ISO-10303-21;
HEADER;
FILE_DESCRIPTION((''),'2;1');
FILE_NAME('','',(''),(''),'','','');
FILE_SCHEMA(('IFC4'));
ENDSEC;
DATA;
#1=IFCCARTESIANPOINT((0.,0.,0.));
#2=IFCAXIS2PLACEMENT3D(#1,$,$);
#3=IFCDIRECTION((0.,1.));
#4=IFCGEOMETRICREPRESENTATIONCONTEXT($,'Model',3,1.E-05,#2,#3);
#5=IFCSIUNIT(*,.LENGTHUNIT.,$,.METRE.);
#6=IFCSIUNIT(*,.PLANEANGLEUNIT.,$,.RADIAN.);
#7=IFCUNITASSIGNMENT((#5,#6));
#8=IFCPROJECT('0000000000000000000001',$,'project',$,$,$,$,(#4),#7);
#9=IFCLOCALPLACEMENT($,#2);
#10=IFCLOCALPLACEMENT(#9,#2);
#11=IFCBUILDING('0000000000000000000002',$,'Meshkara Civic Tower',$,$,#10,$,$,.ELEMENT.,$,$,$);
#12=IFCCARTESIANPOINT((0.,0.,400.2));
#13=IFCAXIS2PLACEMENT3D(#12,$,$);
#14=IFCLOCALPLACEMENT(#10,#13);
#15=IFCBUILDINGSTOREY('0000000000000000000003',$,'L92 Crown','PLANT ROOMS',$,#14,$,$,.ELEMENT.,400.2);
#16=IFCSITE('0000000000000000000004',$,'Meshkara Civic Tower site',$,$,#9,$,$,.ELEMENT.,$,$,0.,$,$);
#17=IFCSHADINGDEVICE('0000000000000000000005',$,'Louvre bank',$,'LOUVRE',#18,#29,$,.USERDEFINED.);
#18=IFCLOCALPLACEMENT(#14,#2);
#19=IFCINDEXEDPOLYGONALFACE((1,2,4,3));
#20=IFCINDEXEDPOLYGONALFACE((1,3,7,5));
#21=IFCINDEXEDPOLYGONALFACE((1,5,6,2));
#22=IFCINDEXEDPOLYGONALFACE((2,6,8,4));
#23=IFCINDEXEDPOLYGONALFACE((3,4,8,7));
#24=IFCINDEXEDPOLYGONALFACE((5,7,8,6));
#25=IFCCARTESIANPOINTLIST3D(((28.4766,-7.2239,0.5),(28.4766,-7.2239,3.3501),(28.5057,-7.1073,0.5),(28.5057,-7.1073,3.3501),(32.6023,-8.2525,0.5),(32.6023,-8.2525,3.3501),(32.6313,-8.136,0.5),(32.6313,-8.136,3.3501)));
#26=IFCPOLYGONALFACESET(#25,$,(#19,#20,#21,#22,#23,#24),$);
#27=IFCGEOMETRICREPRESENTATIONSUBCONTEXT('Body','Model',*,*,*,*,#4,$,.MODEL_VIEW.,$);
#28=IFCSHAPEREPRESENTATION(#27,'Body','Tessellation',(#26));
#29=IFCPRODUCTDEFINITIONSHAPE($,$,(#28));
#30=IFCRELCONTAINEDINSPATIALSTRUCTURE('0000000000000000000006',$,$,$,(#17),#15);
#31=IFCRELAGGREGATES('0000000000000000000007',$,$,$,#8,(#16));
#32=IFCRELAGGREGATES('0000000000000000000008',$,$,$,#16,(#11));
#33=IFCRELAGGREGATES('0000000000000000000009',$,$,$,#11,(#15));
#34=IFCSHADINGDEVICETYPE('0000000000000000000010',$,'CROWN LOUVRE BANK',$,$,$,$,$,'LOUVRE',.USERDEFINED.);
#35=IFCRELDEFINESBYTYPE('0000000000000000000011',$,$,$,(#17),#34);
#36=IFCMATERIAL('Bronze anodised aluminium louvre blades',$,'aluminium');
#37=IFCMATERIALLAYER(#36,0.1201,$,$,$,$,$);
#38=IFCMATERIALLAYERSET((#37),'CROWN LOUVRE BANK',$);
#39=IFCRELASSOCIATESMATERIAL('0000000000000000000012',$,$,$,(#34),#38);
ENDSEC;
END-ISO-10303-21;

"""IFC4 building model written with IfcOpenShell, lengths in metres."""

from ifc_helpers import new_model, si_unit, direction, frame, origin, origin_2d, place, context, subcontext, project, spatial, rectangle, extrude, material, layer, layer_set, type_object, element, save


model = new_model("IFC4")

# Units and contexts
model_context = context("Model", 3, precision=1e-05, world=origin(), true_north=direction((0.0, 1.0)))
body_context = subcontext(model_context, "Body", "Model", "MODEL_VIEW")
ifc_project = project(units=[si_unit("LENGTHUNIT", "METRE"), si_unit("PLANEANGLEUNIT", "RADIAN")], contexts=[model_context])

# Site, building, storey
site_placement = place(None, origin())
site = spatial("IfcSite", under=ifc_project, at=site_placement, Name="Meshkara Civic Tower site", CompositionType="ELEMENT", RefElevation=0.0)
building_placement = place(site_placement, origin())
building = spatial("IfcBuilding", under=site, at=building_placement, Name="Meshkara Civic Tower", CompositionType="ELEMENT")
storey_placement = place(building_placement, frame((0.0, 0.0, 400.2)))
storey = spatial("IfcBuildingStorey", under=building, at=storey_placement, Name="L92 Crown", Description="PLANT ROOMS", CompositionType="ELEMENT", Elevation=400.2)

# Shading device
ifc_material_1 = material(Name="Bronze anodised aluminium louvre blades", Category="aluminium")
ifc_layer_1 = layer(ifc_material_1, 0.1201)
ifc_layer_set_1 = layer_set([ifc_layer_1], Name="CROWN LOUVRE BANK")
shading_device_type = type_object("IfcShadingDeviceType", Name="CROWN LOUVRE BANK", ElementType="LOUVRE", PredefinedType="USERDEFINED", material=ifc_layer_set_1)
shading_device_placement = place(storey_placement, frame((30.554, -7.6799, 0.5), z_axis=(0.0, 0.0, 1.0), x_axis=(0.970296, -0.241922, 0.0)))
element("IfcShadingDevice", 1, at=shading_device_placement, inside=storey, type_object=shading_device_type, Name="Louvre bank", ObjectType="LOUVRE", PredefinedType="USERDEFINED", context=body_context, shape_type="SweptSolid", body=[
    extrude(rectangle(XDim=4.252, YDim=0.1201, at=origin_2d()), origin(), (0.0, 0.0, 1.0), 2.8501),
])

save(model, "model.ifc")
